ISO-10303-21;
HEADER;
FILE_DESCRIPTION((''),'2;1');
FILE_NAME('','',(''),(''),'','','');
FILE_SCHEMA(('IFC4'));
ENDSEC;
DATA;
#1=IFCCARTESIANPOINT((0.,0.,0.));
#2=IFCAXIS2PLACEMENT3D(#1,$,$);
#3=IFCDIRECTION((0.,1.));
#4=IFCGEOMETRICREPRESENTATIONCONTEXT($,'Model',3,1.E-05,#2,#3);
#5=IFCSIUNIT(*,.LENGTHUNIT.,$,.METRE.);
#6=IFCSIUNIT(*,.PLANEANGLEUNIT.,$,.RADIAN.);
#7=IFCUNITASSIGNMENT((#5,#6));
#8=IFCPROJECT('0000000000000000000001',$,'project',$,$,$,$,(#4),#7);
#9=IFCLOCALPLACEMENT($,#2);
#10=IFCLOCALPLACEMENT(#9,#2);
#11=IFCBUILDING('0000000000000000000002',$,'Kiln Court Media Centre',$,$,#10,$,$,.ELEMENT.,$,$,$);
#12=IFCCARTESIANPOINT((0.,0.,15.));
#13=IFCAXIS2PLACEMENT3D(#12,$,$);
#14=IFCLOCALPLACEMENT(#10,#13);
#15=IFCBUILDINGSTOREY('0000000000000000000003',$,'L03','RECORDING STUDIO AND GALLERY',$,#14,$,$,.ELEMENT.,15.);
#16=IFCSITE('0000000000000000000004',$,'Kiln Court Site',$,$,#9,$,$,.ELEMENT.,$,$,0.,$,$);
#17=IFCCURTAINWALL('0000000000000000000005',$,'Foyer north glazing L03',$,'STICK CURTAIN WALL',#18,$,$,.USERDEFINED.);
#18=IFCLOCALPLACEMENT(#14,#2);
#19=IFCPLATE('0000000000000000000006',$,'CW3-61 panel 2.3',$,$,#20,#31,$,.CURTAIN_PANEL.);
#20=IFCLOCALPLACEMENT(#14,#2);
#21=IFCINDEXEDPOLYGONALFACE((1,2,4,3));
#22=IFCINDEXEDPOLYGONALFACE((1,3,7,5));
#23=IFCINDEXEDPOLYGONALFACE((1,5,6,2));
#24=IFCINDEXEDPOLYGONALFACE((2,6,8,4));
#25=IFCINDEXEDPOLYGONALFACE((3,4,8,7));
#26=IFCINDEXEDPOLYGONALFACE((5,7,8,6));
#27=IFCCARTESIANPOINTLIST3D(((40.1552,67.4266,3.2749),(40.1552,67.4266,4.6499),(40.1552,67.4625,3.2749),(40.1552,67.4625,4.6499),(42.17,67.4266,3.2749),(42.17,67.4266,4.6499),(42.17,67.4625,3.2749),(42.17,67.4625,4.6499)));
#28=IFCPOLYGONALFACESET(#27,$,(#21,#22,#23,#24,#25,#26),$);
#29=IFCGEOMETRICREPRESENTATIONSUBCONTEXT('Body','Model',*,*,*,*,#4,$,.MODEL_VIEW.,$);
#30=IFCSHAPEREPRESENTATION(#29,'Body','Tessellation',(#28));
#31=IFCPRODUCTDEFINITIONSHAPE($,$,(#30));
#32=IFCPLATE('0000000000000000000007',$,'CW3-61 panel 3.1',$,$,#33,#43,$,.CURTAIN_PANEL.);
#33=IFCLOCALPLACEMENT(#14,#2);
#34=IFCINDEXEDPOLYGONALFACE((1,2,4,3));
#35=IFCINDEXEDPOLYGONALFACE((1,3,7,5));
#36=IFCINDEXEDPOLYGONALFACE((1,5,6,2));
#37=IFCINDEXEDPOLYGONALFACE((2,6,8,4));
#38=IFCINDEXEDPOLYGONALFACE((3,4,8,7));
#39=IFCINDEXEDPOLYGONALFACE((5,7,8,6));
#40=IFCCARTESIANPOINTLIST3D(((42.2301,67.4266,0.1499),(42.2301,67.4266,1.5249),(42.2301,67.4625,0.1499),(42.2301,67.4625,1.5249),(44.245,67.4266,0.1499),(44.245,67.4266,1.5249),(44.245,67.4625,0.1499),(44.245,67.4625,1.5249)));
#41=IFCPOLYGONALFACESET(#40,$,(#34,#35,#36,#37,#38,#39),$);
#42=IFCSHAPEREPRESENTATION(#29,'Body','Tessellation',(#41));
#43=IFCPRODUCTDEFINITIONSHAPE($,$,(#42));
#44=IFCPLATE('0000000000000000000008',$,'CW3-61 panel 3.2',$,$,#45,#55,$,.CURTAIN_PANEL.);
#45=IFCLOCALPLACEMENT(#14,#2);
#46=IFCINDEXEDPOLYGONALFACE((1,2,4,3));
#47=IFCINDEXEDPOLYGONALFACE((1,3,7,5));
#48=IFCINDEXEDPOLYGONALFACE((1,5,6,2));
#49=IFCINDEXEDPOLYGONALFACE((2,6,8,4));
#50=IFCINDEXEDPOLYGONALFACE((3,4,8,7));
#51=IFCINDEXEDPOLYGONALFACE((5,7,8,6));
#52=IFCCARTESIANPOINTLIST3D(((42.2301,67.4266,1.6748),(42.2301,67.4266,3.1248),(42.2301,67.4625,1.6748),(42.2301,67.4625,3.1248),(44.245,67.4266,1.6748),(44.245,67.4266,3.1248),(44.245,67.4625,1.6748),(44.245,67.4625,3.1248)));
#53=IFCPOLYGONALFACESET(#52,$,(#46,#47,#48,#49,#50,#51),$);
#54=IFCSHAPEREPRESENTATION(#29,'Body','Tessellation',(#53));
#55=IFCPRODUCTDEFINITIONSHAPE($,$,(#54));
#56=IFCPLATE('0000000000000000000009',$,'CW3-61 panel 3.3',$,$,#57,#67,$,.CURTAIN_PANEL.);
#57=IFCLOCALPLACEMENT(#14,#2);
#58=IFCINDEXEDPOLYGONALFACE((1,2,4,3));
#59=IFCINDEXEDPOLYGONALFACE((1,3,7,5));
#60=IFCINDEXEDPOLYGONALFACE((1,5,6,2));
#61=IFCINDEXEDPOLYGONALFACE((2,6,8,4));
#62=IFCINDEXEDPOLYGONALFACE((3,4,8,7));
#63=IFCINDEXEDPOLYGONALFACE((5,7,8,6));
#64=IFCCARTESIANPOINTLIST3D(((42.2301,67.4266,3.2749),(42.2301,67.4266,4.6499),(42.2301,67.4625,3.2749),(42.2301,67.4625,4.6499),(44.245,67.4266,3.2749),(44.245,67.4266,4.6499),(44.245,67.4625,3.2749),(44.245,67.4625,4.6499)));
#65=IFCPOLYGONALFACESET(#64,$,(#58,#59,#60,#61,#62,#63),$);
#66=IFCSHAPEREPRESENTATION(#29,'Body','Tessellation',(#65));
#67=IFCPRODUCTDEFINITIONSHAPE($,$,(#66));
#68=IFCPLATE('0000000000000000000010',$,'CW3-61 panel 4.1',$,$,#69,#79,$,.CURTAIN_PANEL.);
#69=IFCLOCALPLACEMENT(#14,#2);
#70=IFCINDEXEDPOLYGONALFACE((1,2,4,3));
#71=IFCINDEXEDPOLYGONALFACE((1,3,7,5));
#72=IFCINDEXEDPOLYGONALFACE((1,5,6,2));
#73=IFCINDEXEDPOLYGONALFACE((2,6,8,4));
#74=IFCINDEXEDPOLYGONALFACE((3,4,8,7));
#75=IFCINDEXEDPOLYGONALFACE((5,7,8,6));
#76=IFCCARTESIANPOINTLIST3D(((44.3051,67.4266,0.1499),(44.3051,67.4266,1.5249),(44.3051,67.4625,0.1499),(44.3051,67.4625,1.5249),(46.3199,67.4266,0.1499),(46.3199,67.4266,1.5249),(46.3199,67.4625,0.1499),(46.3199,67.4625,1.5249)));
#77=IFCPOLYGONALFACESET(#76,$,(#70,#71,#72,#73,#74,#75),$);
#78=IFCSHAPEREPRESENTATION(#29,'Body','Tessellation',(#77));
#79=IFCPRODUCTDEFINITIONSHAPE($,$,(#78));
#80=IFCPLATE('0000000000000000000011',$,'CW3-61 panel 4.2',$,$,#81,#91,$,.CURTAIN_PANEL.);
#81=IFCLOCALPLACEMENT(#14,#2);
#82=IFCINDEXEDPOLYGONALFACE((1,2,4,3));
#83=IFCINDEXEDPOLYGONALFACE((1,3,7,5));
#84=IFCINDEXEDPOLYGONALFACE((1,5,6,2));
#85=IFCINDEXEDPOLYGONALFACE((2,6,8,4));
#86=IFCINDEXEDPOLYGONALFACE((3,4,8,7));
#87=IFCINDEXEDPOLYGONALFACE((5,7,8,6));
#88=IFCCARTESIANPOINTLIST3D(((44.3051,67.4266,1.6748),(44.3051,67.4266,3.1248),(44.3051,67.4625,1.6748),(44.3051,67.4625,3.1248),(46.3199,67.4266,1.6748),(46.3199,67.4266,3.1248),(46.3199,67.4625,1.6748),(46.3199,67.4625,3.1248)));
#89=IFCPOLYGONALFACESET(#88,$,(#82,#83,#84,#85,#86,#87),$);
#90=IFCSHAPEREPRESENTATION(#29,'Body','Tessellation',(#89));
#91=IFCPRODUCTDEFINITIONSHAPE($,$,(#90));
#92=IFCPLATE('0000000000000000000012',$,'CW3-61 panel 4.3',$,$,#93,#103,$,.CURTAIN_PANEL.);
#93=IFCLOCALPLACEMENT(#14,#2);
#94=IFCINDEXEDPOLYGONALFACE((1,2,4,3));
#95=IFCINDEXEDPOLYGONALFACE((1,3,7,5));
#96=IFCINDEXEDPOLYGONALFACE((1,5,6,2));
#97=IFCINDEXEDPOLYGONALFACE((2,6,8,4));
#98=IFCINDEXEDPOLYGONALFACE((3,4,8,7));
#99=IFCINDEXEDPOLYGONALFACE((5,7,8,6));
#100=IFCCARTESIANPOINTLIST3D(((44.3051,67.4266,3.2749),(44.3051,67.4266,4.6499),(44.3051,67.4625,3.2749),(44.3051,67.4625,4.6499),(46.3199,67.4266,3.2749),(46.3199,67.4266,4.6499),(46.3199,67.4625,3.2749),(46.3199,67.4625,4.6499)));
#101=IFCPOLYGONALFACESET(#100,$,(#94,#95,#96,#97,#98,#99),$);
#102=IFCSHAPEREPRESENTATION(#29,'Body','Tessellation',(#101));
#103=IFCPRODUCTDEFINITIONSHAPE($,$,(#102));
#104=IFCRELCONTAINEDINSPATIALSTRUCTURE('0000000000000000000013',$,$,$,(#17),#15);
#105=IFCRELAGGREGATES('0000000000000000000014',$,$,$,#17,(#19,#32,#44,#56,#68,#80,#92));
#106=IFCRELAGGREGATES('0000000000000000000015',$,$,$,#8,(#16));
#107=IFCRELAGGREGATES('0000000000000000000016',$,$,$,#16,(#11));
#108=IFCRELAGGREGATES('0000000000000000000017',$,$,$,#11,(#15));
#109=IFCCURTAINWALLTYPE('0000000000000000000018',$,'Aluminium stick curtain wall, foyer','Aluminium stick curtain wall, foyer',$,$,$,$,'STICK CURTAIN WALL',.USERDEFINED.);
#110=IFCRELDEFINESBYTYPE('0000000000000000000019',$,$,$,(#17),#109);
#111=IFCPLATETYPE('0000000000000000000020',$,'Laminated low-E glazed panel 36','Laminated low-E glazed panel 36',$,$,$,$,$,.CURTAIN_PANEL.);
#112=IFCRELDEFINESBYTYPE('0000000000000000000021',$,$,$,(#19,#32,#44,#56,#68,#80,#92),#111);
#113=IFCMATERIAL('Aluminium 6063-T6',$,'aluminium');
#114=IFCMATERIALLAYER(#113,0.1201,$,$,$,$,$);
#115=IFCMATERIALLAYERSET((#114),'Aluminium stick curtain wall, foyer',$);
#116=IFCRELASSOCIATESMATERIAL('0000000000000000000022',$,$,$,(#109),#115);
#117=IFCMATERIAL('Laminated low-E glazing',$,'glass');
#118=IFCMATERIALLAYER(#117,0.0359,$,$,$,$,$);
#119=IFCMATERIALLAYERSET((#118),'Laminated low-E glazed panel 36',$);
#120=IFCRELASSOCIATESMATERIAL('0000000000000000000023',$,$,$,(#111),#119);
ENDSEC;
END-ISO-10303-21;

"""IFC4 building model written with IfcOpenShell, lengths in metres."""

from ifc_helpers import new_model, si_unit, direction, frame, origin, origin_2d, place, context, subcontext, project, spatial, rectangle, extrude, material, layer, layer_set, type_object, element, aggregate, save


model = new_model("IFC4")

# Units and contexts
model_context = context("Model", 3, precision=1e-05, world=origin(), true_north=direction((0.0, 1.0)))
body_context = subcontext(model_context, "Body", "Model", "MODEL_VIEW")
ifc_project = project(units=[si_unit("LENGTHUNIT", "METRE"), si_unit("PLANEANGLEUNIT", "RADIAN")], contexts=[model_context])

# Site, building, storey
site_placement = place(None, origin())
site = spatial("IfcSite", under=ifc_project, at=site_placement, Name="Kiln Court Site", CompositionType="ELEMENT", RefElevation=0.0)
building_placement = place(site_placement, origin())
building = spatial("IfcBuilding", under=site, at=building_placement, Name="Kiln Court Media Centre", CompositionType="ELEMENT")
storey_placement = place(building_placement, frame((0.0, 0.0, 15.0)))
storey = spatial("IfcBuildingStorey", under=building, at=storey_placement, Name="L03", Description="RECORDING STUDIO AND GALLERY", CompositionType="ELEMENT", Elevation=15.0)

# Curtain wall, plates
ifc_material_1 = material(Name="Aluminium 6063-T6", Category="aluminium")
ifc_layer_1 = layer(ifc_material_1, 0.1201)
ifc_layer_set_1 = layer_set([ifc_layer_1], Name="Aluminium stick curtain wall, foyer")
curtain_wall_type = type_object("IfcCurtainWallType", Name="Aluminium stick curtain wall, foyer", Description="Aluminium stick curtain wall, foyer", ElementType="STICK CURTAIN WALL", PredefinedType="USERDEFINED", material=ifc_layer_set_1)
curtain_wall_placement = place(storey_placement, origin())
curtain_wall = element("IfcCurtainWall", 1, at=curtain_wall_placement, inside=storey, type_object=curtain_wall_type, Name="Foyer north glazing L03", ObjectType="STICK CURTAIN WALL", PredefinedType="USERDEFINED")
ifc_material_2 = material(Name="Laminated low-E glazing", Category="glass")
ifc_layer_2 = layer(ifc_material_2, 0.0359)
ifc_layer_set_2 = layer_set([ifc_layer_2], Name="Laminated low-E glazed panel 36")
plate_type = type_object("IfcPlateType", Name="Laminated low-E glazed panel 36", Description="Laminated low-E glazed panel 36", PredefinedType="CURTAIN_PANEL", material=ifc_layer_set_2)
plate_1_placement = place(storey_placement, frame((41.1626, 67.4446, 3.2749), z_axis=(0.0, 0.0, 1.0), x_axis=(1.0, 0.0, 0.0)))
plate_1 = element("IfcPlate", 2, at=plate_1_placement, type_object=plate_type, Name="CW3-61 panel 2.3", PredefinedType="CURTAIN_PANEL", context=body_context, shape_type="SweptSolid", body=[
    extrude(rectangle(XDim=2.0149, YDim=0.0359, at=origin_2d()), origin(), (0.0, 0.0, 1.0), 1.375),
])
plate_2_placement = place(storey_placement, frame((43.2375, 67.4446, 0.1499), z_axis=(0.0, 0.0, 1.0), x_axis=(1.0, 0.0, 0.0)))
plate_2 = element("IfcPlate", 3, at=plate_2_placement, type_object=plate_type, Name="CW3-61 panel 3.1", PredefinedType="CURTAIN_PANEL", context=body_context, shape_type="SweptSolid", body=[
    extrude(rectangle(XDim=2.0149, YDim=0.0359, at=origin_2d()), origin(), (0.0, 0.0, 1.0), 1.375),
])
plate_3_placement = place(storey_placement, frame((43.2375, 67.4446, 1.6748), z_axis=(0.0, 0.0, 1.0), x_axis=(1.0, 0.0, 0.0)))
plate_3 = element("IfcPlate", 4, at=plate_3_placement, type_object=plate_type, Name="CW3-61 panel 3.2", PredefinedType="CURTAIN_PANEL", context=body_context, shape_type="SweptSolid", body=[
    extrude(rectangle(XDim=2.0149, YDim=0.0359, at=origin_2d()), origin(), (0.0, 0.0, 1.0), 1.45),
])
plate_4_placement = place(storey_placement, frame((43.2375, 67.4446, 3.2749), z_axis=(0.0, 0.0, 1.0), x_axis=(1.0, 0.0, 0.0)))
plate_4 = element("IfcPlate", 5, at=plate_4_placement, type_object=plate_type, Name="CW3-61 panel 3.3", PredefinedType="CURTAIN_PANEL", context=body_context, shape_type="SweptSolid", body=[
    extrude(rectangle(XDim=2.0149, YDim=0.0359, at=origin_2d()), origin(), (0.0, 0.0, 1.0), 1.375),
])
plate_5_placement = place(storey_placement, frame((45.3125, 67.4446, 0.1499), z_axis=(0.0, 0.0, 1.0), x_axis=(1.0, 0.0, 0.0)))
plate_5 = element("IfcPlate", 6, at=plate_5_placement, type_object=plate_type, Name="CW3-61 panel 4.1", PredefinedType="CURTAIN_PANEL", context=body_context, shape_type="SweptSolid", body=[
    extrude(rectangle(XDim=2.0149, YDim=0.0359, at=origin_2d()), origin(), (0.0, 0.0, 1.0), 1.375),
])
plate_6_placement = place(storey_placement, frame((45.3125, 67.4446, 1.6748), z_axis=(0.0, 0.0, 1.0), x_axis=(1.0, 0.0, 0.0)))
plate_6 = element("IfcPlate", 7, at=plate_6_placement, type_object=plate_type, Name="CW3-61 panel 4.2", PredefinedType="CURTAIN_PANEL", context=body_context, shape_type="SweptSolid", body=[
    extrude(rectangle(XDim=2.0149, YDim=0.0359, at=origin_2d()), origin(), (0.0, 0.0, 1.0), 1.45),
])
plate_7_placement = place(storey_placement, frame((45.3125, 67.4446, 3.2749), z_axis=(0.0, 0.0, 1.0), x_axis=(1.0, 0.0, 0.0)))
plate_7 = element("IfcPlate", 8, at=plate_7_placement, type_object=plate_type, Name="CW3-61 panel 4.3", PredefinedType="CURTAIN_PANEL", context=body_context, shape_type="SweptSolid", body=[
    extrude(rectangle(XDim=2.0149, YDim=0.0359, at=origin_2d()), origin(), (0.0, 0.0, 1.0), 1.375),
])
aggregate(curtain_wall, [plate_1, plate_2, plate_3, plate_4, plate_5, plate_6, plate_7])

save(model, "model.ifc")
